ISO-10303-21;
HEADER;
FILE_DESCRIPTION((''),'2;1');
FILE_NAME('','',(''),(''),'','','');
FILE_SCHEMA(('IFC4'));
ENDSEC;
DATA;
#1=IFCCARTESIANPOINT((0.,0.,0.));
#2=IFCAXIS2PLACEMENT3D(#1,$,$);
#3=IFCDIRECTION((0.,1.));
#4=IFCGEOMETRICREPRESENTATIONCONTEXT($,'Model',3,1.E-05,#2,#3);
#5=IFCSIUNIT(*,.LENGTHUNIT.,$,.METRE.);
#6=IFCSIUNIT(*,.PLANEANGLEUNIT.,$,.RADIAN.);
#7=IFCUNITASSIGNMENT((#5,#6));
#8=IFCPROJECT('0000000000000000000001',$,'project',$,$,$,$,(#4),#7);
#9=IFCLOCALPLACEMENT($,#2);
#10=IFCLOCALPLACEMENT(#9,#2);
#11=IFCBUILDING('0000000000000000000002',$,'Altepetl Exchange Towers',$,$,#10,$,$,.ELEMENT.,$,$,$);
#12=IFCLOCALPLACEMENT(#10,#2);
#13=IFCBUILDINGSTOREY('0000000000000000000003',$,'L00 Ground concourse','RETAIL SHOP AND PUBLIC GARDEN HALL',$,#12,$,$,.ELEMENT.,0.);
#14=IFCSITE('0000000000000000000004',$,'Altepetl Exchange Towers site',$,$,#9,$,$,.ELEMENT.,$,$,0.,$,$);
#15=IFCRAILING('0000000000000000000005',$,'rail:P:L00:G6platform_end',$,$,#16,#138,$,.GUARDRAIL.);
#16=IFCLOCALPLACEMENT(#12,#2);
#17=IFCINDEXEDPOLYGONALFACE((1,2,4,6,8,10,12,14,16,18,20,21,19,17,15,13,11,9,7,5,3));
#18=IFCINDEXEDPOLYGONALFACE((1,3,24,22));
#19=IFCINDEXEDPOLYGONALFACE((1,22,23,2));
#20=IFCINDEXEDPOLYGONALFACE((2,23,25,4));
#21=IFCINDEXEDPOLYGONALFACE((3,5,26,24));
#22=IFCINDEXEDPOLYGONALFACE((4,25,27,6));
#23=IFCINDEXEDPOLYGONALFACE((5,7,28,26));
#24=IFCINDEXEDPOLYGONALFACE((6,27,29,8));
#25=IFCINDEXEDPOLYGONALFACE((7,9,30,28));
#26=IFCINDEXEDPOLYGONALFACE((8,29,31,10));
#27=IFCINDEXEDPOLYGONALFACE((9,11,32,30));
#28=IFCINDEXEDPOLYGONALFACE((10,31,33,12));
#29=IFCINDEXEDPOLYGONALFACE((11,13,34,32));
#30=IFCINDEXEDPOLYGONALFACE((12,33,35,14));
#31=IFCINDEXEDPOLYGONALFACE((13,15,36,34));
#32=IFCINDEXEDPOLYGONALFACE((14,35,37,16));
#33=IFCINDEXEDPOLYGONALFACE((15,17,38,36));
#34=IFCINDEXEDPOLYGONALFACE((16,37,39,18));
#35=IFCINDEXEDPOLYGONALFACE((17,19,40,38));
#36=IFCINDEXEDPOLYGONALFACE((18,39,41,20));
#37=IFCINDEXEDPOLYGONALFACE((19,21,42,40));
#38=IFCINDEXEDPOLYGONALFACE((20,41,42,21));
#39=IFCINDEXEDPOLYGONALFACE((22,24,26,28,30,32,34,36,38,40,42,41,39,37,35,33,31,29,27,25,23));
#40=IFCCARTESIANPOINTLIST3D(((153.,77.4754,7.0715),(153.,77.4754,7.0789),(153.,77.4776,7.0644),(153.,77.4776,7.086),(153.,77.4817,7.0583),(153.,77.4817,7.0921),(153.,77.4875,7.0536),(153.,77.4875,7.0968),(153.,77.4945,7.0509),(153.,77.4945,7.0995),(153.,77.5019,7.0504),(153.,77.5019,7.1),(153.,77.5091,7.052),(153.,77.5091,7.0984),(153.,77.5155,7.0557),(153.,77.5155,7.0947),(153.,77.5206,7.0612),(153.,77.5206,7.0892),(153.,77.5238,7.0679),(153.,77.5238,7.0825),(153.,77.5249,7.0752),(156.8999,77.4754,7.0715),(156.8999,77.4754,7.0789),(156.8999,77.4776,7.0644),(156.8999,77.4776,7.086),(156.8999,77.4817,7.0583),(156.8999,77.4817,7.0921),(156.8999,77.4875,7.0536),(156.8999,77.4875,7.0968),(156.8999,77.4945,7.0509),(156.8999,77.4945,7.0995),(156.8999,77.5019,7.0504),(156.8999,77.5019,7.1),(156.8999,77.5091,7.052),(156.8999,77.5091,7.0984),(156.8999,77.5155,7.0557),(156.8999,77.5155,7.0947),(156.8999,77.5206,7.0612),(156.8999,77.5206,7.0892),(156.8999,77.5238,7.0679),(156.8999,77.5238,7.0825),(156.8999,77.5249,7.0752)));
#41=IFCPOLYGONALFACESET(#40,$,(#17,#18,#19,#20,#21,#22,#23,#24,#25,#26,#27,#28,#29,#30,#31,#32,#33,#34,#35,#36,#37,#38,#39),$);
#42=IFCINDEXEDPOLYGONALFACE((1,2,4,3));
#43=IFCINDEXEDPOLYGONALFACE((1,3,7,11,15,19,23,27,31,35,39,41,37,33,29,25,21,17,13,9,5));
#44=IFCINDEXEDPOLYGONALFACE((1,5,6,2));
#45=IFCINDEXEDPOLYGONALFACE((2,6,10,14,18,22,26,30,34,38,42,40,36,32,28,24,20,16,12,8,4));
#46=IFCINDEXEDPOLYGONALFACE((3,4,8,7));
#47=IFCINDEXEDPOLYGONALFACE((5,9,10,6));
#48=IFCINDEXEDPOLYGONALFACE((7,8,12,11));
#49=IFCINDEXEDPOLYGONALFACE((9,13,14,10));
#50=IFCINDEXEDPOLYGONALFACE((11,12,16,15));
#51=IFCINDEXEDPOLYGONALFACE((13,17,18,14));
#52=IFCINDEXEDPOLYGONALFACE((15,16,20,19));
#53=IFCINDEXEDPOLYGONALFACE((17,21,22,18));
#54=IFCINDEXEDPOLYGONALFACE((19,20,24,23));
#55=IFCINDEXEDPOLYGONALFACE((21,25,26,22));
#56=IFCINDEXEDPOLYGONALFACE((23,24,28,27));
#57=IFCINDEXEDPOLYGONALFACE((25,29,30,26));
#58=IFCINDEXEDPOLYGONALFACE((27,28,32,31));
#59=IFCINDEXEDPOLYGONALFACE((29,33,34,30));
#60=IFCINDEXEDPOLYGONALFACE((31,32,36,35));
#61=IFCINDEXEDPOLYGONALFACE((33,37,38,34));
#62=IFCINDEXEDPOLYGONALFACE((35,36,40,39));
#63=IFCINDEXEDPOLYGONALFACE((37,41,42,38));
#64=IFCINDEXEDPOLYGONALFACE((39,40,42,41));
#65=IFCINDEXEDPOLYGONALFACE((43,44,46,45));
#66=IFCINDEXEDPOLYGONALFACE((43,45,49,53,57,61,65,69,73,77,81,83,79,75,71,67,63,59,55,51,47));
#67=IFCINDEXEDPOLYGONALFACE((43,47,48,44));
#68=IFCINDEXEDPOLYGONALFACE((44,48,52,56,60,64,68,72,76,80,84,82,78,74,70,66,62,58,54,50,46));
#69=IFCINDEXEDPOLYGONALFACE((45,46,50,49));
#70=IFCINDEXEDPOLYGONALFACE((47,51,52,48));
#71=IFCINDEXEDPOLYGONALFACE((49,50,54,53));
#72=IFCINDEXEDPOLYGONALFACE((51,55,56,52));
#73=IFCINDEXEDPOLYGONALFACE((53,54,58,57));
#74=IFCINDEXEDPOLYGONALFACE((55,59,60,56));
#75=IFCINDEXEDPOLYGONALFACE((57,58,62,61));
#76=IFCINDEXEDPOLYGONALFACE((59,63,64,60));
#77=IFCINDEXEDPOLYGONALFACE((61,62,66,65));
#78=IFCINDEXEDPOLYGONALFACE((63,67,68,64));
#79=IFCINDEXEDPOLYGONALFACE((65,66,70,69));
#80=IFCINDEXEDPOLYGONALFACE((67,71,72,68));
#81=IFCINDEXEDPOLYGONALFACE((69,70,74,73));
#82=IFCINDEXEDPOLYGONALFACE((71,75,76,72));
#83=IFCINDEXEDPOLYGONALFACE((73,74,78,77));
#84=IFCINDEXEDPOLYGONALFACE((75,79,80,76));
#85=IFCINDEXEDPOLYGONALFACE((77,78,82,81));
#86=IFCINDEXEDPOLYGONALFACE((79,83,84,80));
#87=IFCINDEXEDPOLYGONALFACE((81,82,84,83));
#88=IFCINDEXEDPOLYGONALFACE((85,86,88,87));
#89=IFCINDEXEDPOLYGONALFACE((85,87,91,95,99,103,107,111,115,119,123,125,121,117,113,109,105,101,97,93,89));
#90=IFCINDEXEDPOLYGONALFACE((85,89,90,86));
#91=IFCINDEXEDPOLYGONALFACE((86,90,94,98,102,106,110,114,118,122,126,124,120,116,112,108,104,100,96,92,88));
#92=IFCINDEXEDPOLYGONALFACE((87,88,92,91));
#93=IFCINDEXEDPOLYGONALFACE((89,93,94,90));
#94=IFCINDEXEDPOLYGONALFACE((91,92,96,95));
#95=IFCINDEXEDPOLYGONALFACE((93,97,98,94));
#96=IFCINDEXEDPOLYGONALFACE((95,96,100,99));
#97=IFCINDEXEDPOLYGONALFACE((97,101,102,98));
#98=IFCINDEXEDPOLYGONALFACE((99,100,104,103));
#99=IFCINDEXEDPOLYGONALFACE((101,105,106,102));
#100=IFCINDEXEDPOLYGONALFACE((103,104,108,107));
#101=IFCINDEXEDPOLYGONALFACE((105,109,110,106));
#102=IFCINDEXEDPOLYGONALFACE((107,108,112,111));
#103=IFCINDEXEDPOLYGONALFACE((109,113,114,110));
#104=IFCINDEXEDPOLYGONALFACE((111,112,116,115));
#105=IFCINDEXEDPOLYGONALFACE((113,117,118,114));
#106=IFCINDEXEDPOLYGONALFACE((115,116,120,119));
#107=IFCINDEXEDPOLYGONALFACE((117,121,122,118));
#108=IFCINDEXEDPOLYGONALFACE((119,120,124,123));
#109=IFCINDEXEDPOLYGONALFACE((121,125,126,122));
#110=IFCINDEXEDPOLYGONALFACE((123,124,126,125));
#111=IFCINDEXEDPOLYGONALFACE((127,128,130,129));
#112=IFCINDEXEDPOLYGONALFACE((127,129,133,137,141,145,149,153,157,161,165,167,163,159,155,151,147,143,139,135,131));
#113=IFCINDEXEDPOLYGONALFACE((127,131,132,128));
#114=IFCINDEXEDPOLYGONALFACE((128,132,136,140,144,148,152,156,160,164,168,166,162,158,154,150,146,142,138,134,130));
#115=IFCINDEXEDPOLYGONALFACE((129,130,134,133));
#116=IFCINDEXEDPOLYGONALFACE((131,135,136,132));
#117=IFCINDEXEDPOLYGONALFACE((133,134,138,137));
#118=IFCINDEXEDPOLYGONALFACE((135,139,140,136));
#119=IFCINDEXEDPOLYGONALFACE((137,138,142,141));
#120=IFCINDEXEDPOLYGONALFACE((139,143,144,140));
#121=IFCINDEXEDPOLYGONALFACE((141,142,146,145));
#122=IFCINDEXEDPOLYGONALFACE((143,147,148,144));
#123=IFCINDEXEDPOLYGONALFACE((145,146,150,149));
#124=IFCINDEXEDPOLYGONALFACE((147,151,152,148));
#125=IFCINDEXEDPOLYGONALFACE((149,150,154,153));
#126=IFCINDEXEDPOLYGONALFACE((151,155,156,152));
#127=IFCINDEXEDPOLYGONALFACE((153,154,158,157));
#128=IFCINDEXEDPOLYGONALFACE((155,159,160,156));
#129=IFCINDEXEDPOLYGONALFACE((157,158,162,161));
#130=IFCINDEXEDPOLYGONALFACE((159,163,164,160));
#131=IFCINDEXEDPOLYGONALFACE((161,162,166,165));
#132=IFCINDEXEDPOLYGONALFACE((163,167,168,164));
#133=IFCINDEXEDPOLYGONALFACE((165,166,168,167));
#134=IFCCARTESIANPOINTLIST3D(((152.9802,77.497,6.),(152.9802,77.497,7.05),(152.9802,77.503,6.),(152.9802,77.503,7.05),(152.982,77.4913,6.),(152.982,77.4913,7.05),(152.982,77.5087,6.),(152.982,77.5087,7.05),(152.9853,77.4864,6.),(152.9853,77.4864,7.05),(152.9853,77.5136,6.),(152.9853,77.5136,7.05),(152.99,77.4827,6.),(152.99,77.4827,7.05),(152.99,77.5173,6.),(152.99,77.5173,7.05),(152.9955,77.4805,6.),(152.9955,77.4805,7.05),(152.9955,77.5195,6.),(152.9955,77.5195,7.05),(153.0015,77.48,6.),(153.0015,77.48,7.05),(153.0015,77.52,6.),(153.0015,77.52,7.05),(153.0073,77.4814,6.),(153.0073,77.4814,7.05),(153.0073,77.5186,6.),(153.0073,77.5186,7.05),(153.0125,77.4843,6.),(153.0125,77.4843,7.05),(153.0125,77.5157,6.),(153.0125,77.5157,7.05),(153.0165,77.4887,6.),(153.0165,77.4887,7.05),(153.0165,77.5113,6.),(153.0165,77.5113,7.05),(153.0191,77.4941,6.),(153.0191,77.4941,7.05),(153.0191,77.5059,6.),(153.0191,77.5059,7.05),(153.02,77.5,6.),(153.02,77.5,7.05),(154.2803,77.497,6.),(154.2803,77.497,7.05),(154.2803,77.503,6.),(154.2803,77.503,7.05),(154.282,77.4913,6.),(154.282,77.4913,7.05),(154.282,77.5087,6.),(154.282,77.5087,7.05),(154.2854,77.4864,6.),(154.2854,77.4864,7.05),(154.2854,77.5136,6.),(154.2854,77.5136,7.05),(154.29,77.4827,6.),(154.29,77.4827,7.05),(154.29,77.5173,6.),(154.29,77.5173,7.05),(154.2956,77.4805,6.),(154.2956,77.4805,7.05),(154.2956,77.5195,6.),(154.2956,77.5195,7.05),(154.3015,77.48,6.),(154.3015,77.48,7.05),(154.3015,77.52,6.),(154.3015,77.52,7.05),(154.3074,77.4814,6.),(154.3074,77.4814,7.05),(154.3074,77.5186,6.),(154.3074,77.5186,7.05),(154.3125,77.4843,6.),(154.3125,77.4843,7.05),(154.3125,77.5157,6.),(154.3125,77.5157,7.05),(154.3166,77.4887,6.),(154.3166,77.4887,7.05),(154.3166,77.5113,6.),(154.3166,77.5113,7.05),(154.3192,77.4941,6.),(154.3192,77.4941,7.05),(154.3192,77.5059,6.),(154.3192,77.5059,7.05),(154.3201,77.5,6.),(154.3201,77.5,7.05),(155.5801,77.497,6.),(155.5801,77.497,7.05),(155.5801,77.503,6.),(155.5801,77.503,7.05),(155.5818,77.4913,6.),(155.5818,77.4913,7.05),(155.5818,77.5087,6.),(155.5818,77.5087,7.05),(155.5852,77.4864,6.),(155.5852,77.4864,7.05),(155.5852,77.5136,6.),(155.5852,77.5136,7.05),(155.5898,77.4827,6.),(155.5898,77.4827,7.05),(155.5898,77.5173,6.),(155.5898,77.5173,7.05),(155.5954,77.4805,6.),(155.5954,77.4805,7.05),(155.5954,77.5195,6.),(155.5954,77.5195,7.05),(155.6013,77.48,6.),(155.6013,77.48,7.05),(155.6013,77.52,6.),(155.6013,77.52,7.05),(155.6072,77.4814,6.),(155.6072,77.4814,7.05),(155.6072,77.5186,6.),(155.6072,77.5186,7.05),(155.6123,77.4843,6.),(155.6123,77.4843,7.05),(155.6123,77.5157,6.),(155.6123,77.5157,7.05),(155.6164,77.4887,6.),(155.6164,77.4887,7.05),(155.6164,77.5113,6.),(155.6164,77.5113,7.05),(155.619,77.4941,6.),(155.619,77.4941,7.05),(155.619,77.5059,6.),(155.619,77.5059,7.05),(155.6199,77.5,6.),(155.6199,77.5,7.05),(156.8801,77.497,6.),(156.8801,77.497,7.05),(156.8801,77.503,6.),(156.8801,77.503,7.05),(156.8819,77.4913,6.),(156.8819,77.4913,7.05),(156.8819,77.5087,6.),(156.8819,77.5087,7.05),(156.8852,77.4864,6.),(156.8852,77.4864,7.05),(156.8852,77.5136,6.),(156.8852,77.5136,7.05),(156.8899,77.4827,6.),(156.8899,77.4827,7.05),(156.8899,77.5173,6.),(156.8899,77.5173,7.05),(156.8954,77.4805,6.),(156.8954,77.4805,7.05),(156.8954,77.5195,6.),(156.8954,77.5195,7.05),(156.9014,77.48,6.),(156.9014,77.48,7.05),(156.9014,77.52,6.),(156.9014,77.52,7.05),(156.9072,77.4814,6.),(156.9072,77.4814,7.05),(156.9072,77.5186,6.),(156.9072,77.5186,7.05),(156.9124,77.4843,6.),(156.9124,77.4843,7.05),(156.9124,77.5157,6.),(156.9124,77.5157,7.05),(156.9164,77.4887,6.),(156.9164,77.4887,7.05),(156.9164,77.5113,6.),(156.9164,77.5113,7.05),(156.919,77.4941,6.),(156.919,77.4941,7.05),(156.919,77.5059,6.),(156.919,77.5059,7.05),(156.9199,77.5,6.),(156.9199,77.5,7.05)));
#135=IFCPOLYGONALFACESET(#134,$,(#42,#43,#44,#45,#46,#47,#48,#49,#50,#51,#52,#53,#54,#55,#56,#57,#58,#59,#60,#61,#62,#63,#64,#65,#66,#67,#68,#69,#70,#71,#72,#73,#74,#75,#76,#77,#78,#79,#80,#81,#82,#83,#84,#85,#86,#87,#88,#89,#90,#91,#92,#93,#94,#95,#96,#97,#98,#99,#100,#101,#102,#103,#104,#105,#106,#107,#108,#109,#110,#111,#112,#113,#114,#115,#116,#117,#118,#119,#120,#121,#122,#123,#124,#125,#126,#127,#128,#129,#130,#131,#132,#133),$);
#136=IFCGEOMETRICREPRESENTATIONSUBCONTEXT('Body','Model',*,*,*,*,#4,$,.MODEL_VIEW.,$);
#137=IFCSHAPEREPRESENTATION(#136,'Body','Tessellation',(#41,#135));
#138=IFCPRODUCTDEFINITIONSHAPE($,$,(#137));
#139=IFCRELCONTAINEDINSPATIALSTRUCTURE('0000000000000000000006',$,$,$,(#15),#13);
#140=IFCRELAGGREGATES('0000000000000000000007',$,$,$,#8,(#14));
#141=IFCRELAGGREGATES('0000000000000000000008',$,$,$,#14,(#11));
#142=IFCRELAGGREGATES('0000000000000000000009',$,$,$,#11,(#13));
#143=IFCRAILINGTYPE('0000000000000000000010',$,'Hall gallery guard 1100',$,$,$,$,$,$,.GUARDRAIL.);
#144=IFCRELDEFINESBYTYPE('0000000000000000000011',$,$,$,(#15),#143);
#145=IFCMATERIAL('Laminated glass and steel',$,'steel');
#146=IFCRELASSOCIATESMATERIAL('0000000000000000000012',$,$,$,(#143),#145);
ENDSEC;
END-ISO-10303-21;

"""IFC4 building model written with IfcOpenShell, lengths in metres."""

from ifc_helpers import new_model, si_unit, direction, frame, origin, origin_2d, place, context, subcontext, project, spatial, circle, extrude, source, transform, mapped, material, type_object, element, save


model = new_model("IFC4")

# Units and contexts
model_context = context("Model", 3, precision=1e-05, world=origin(), true_north=direction((0.0, 1.0)))
body_context = subcontext(model_context, "Body", "Model", "MODEL_VIEW")
ifc_project = project(units=[si_unit("LENGTHUNIT", "METRE"), si_unit("PLANEANGLEUNIT", "RADIAN")], contexts=[model_context])

# Site, building, storey
site_placement = place(None, origin())
site = spatial("IfcSite", under=ifc_project, at=site_placement, Name="Altepetl Exchange Towers site", CompositionType="ELEMENT", RefElevation=0.0)
building_placement = place(site_placement, origin())
building = spatial("IfcBuilding", under=site, at=building_placement, Name="Altepetl Exchange Towers", CompositionType="ELEMENT")
storey_placement = place(building_placement, origin())
storey = spatial("IfcBuildingStorey", under=building, at=storey_placement, Name="L00 Ground concourse", Description="RETAIL SHOP AND PUBLIC GARDEN HALL", CompositionType="ELEMENT", Elevation=0.0)

# Railing
ifc_material_1 = material(Name="Laminated glass and steel", Category="steel")
railing_type = type_object("IfcRailingType", Name="Hall gallery guard 1100", PredefinedType="GUARDRAIL", material=ifc_material_1)
shared_shape = source(origin(), body_context, "Body", "SweptSolid", [
    extrude(circle(Radius=0.02, at=origin_2d()), origin(), (0.0, 0.0, 1.0), 1.05),
])
railing_1_placement = place(storey_placement, frame((153.0, 77.5, 6.0)))
element("IfcRailing", 1, at=railing_1_placement, inside=storey, type_object=railing_type, Name="rail:P:L00:G6platform_end", PredefinedType="GUARDRAIL", context=body_context, shape_type="SweptSolid", body=[
    extrude(circle(Radius=0.0249, at=origin_2d()), frame((0.0, 0.0, 1.0752), z_axis=(1.0, 0.0, 0.0), x_axis=(0.0, 1.0, 0.0)), (0.0, 0.0, 1.0), 3.8999),
    mapped(shared_shape, transform((0.0, 0.0, 0.0))),
    mapped(shared_shape, transform((1.3, 0.0, 0.0))),
    mapped(shared_shape, transform((2.5999, 0.0, 0.0))),
    mapped(shared_shape, transform((3.8999, 0.0, 0.0))),
])

save(model, "model.ifc")
